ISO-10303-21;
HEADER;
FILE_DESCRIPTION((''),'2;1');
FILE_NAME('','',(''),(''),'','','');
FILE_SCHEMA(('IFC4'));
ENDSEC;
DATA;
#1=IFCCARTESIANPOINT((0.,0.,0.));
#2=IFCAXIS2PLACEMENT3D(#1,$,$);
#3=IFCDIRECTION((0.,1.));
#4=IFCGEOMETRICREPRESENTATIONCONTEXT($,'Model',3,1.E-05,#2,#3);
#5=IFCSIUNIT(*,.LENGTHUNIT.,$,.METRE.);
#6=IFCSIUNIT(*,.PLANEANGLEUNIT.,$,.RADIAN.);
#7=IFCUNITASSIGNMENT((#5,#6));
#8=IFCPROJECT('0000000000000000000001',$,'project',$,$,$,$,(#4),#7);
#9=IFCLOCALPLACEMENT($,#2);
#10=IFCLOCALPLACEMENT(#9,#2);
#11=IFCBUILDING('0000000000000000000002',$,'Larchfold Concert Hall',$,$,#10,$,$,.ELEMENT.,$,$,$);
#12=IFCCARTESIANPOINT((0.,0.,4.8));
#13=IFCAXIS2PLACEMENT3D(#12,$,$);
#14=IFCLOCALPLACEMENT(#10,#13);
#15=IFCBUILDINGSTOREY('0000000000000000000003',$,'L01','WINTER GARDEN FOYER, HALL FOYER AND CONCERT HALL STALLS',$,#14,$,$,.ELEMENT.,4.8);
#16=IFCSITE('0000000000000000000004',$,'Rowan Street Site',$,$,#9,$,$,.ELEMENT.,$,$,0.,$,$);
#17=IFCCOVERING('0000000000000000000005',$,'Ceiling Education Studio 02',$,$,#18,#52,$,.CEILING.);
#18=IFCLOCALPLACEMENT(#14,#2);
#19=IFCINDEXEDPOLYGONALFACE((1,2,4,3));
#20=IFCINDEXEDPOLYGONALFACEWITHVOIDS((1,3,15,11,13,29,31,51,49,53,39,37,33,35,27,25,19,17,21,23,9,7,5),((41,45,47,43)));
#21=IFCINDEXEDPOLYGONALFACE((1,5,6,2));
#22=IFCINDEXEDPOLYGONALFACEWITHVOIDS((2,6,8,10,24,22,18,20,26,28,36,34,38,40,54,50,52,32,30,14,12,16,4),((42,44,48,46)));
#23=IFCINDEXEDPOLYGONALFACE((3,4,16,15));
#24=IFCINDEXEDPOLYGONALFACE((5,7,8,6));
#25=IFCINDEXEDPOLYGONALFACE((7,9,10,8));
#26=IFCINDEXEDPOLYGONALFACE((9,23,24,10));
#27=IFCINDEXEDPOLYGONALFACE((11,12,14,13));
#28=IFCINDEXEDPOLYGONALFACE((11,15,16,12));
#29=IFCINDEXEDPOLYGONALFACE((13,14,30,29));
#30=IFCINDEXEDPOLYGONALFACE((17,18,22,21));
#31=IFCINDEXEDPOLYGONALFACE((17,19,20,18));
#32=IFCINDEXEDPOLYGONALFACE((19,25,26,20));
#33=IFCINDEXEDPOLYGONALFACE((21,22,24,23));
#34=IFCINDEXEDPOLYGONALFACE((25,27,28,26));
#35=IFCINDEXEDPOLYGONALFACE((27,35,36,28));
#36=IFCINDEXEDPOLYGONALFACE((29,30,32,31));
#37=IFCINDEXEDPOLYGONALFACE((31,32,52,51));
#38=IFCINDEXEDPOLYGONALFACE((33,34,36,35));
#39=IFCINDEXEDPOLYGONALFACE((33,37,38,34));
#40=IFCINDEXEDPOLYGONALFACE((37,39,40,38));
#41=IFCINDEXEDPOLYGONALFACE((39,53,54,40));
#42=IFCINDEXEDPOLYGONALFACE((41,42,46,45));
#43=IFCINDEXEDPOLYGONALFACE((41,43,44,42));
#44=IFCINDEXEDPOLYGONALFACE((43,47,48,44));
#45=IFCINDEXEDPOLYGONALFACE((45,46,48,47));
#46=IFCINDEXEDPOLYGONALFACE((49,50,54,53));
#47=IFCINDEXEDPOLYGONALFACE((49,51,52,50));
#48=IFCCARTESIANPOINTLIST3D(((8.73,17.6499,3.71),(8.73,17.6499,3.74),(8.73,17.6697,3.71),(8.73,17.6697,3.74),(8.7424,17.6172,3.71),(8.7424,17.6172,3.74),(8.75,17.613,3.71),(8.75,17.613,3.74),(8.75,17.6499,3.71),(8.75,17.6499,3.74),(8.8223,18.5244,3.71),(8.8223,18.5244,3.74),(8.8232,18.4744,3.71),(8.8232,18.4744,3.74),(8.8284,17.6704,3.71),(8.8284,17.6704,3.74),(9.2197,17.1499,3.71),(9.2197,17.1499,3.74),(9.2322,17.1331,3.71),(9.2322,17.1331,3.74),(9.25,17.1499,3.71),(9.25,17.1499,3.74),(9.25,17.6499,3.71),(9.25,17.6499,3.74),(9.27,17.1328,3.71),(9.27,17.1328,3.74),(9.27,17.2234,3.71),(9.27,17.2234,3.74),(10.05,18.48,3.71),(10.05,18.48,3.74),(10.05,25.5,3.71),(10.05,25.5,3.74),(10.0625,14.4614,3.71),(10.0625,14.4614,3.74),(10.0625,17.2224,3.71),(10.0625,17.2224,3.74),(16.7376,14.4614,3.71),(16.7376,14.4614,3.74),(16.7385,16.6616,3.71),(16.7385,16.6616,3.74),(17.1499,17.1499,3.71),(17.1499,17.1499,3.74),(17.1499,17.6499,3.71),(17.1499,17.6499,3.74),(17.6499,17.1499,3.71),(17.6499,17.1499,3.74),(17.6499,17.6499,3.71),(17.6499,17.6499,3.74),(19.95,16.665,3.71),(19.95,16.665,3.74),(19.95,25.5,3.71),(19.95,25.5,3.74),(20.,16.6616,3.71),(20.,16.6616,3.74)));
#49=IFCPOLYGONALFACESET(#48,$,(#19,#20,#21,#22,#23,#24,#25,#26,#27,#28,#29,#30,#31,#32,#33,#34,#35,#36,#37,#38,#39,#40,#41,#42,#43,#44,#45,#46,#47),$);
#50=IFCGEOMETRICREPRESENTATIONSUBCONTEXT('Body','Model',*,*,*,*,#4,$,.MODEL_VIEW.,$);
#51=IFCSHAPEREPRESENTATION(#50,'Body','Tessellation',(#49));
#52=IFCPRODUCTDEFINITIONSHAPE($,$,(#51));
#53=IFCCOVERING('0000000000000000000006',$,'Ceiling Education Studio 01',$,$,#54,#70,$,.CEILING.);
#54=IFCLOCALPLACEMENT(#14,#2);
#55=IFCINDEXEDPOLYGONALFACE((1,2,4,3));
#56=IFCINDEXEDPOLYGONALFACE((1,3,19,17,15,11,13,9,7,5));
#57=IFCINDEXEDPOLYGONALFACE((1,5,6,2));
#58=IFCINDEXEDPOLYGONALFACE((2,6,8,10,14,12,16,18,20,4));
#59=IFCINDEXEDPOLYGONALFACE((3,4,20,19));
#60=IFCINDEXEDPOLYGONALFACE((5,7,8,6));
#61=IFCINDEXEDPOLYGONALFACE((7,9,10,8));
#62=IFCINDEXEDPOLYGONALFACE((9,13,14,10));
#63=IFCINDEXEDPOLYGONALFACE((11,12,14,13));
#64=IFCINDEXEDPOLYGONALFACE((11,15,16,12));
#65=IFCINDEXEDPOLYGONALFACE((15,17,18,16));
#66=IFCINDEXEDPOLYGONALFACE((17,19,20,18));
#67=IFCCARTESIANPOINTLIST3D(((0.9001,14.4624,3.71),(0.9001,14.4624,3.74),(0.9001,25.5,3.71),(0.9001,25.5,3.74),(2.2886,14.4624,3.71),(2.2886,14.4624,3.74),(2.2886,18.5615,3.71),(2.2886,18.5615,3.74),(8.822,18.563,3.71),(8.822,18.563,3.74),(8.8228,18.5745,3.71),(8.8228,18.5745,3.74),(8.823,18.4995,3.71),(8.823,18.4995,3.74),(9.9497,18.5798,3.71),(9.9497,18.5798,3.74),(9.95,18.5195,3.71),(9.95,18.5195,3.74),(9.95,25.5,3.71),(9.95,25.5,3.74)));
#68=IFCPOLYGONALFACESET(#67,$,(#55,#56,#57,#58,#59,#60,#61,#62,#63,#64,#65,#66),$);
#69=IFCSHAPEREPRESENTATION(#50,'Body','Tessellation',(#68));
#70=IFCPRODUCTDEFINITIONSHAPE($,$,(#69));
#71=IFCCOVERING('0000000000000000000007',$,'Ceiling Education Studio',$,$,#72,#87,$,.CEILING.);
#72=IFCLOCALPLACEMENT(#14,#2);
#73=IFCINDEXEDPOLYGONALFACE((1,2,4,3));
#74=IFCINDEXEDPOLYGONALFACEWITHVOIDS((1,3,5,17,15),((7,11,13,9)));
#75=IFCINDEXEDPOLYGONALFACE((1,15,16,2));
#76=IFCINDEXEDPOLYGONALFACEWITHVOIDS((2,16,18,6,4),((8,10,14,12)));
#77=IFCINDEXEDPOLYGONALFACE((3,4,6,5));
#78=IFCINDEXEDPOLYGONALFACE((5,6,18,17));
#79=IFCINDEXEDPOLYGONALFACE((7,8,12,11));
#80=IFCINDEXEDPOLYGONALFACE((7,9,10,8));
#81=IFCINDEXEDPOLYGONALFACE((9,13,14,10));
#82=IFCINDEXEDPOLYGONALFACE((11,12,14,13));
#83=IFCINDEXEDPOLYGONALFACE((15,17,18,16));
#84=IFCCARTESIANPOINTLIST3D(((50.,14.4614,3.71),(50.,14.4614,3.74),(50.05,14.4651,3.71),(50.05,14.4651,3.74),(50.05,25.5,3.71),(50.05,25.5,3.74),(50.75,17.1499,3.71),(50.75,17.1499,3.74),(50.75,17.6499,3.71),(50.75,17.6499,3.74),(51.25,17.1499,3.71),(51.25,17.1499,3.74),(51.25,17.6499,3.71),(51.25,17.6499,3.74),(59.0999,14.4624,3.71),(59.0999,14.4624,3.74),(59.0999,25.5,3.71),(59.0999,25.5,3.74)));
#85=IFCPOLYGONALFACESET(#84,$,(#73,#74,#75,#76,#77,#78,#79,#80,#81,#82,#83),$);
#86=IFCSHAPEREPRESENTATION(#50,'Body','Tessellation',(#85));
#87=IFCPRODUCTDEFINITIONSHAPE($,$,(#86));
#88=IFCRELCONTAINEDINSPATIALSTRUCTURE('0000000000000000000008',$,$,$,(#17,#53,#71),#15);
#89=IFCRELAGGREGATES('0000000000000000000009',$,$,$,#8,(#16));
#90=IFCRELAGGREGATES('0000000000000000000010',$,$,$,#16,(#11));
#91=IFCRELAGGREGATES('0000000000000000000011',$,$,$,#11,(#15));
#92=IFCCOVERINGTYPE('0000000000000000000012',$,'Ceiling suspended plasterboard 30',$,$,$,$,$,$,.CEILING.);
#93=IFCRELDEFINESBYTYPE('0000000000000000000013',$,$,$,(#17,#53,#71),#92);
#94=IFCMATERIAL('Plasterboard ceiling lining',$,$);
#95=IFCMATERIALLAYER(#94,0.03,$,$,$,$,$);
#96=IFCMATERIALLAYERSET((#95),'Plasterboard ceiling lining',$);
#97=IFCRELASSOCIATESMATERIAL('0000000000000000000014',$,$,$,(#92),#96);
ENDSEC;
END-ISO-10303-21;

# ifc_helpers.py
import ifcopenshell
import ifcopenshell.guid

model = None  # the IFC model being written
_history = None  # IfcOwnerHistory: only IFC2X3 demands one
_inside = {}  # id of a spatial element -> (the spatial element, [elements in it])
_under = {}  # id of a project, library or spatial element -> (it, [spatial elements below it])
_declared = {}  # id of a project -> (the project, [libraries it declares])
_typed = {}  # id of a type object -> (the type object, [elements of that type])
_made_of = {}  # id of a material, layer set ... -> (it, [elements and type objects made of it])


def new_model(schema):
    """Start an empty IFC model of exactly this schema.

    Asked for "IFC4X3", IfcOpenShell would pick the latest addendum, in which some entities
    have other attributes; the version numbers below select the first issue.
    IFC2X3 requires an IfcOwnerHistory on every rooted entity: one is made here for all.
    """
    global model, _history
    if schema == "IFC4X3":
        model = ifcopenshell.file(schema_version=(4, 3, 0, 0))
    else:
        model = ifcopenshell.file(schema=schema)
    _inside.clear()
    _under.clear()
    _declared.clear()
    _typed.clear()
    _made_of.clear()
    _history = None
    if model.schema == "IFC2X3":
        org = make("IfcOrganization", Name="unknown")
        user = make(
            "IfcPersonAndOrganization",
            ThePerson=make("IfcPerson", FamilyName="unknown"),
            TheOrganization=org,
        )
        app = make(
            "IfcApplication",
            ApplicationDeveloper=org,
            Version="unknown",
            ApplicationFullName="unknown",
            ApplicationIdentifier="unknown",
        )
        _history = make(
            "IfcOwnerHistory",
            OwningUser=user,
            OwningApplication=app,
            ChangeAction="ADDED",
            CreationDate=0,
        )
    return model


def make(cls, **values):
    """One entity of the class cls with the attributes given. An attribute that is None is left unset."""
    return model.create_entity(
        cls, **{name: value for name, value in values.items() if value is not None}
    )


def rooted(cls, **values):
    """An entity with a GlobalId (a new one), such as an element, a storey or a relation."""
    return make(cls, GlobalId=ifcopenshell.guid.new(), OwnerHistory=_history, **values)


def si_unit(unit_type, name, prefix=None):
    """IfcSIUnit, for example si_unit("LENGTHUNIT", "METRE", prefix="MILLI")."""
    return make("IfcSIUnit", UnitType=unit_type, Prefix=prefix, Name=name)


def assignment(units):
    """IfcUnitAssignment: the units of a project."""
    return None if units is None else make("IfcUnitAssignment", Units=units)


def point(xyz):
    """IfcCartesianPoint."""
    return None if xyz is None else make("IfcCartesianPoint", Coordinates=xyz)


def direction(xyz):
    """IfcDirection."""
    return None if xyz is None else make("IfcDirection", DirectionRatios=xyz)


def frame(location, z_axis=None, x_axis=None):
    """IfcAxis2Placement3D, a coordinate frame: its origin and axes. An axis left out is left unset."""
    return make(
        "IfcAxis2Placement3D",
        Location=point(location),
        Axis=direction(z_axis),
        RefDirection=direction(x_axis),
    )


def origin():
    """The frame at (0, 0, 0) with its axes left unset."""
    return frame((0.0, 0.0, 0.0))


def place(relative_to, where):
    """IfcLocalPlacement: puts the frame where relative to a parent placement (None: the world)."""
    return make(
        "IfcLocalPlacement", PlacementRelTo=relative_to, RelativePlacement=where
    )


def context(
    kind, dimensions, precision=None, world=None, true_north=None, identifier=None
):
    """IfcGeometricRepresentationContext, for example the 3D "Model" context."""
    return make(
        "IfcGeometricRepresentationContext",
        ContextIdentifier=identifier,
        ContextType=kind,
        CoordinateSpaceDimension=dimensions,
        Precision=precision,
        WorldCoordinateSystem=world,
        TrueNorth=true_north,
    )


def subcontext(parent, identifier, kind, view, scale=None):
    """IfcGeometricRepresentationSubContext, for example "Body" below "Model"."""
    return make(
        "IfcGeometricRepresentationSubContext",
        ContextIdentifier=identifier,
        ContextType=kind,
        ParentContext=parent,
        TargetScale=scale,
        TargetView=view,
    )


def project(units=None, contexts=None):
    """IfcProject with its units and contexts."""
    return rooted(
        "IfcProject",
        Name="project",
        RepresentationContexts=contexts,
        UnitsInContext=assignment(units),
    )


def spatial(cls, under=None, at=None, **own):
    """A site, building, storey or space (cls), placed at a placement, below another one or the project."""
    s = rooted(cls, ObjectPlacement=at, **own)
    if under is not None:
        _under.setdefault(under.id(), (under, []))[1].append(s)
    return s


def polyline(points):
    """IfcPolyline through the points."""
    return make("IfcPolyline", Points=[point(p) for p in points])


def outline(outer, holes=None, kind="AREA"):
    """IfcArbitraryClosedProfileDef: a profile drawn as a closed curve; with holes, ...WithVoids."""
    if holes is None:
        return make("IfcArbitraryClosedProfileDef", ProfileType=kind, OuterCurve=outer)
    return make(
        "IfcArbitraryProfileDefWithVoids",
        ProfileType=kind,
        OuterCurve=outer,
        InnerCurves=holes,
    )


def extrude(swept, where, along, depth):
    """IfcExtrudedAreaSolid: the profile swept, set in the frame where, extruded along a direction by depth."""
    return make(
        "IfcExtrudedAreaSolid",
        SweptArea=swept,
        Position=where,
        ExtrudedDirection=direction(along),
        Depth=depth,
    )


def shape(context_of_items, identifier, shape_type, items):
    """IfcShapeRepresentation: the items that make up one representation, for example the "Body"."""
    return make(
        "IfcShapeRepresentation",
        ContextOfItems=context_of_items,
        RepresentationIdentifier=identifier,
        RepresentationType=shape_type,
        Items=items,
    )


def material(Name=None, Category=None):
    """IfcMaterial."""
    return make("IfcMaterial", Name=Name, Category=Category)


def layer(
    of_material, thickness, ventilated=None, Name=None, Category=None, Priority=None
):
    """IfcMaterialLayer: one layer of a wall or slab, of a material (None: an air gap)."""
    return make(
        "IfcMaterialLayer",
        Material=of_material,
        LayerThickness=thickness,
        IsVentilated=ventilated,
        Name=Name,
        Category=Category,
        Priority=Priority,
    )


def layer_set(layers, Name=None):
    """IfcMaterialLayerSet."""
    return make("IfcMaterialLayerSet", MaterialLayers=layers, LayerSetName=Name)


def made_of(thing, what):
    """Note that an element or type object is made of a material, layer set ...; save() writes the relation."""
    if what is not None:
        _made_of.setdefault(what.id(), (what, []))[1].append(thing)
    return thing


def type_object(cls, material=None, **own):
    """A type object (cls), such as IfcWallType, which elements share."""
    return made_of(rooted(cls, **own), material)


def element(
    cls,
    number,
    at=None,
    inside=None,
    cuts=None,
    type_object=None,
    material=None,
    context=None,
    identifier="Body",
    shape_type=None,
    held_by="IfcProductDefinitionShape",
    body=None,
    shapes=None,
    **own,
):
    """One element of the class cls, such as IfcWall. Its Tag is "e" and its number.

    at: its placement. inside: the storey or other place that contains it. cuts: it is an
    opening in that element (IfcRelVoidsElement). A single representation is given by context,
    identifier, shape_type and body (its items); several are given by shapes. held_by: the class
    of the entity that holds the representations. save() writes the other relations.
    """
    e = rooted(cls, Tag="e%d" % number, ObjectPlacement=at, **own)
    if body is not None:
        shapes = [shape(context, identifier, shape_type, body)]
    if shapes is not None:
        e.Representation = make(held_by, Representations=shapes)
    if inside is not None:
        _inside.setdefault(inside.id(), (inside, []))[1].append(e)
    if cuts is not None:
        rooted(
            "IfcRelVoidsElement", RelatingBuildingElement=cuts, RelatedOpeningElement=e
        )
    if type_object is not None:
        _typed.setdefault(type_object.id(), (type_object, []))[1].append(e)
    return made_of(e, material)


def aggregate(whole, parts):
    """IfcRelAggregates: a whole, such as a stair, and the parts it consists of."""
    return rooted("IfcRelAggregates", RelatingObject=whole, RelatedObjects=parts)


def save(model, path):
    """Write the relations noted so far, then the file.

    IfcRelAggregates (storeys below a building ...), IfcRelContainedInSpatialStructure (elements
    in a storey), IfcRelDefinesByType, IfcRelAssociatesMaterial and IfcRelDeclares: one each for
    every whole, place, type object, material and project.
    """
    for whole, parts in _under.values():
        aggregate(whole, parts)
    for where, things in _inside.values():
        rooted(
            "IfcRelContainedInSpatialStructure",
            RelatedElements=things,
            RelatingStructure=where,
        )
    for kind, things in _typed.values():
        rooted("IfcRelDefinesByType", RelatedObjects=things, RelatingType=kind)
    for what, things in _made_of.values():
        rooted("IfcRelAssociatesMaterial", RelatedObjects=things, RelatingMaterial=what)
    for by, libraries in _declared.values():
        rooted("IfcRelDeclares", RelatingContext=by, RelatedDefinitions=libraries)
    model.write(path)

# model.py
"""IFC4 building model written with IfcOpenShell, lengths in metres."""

from ifc_helpers import new_model, si_unit, direction, frame, origin, place, context, subcontext, project, spatial, polyline, outline, extrude, material, layer, layer_set, type_object, element, save


model = new_model("IFC4")

# Units and contexts
model_context = context("Model", 3, precision=1e-05, world=origin(), true_north=direction((0.0, 1.0)))
body_context = subcontext(model_context, "Body", "Model", "MODEL_VIEW")
ifc_project = project(units=[si_unit("LENGTHUNIT", "METRE"), si_unit("PLANEANGLEUNIT", "RADIAN")], contexts=[model_context])

# Site, building, storey
site_placement = place(None, origin())
site = spatial("IfcSite", under=ifc_project, at=site_placement, Name="Rowan Street Site", CompositionType="ELEMENT", RefElevation=0.0)
building_placement = place(site_placement, origin())
building = spatial("IfcBuilding", under=site, at=building_placement, Name="Larchfold Concert Hall", CompositionType="ELEMENT")
storey_placement = place(building_placement, frame((0.0, 0.0, 4.8)))
storey = spatial("IfcBuildingStorey", under=building, at=storey_placement, Name="L01", Description="WINTER GARDEN FOYER, HALL FOYER AND CONCERT HALL STALLS", CompositionType="ELEMENT", Elevation=4.8)

# Coverings
ifc_material_1 = material(Name="Plasterboard ceiling lining")
ifc_layer_1 = layer(ifc_material_1, 0.03)
ifc_layer_set_1 = layer_set([ifc_layer_1], Name="Plasterboard ceiling lining")
covering_type_1 = type_object("IfcCoveringType", Name="Ceiling suspended plasterboard 30", PredefinedType="CEILING", material=ifc_layer_set_1)
covering_1_placement = place(storey_placement, frame((0.0, 0.0, 3.71)))
element("IfcCovering", 1, at=covering_1_placement, inside=storey, type_object=covering_type_1, Name="Ceiling Education Studio 02", PredefinedType="CEILING", context=body_context, shape_type="SweptSolid", body=[
    extrude(outline(polyline([(8.8223, 18.5244), (8.8284, 17.6704), (8.73, 17.6697), (8.73, 17.6499), (8.7424, 17.6172), (8.75, 17.613), (8.75, 17.6499), (9.25, 17.6499), (9.25, 17.1499), (9.2197, 17.1499), (9.2322, 17.1331), (9.27, 17.1328), (9.27, 17.2234), (10.0625, 17.2224), (10.0625, 14.4614), (16.7375, 14.4614), (16.7375, 14.3999), (16.7385, 16.6616), (20.0, 16.6616), (19.95, 16.665), (19.95, 25.5), (10.05, 25.5), (10.05, 18.48), (8.8232, 18.4744), (8.8223, 18.5244)]), holes=[polyline([(17.6499, 17.1499), (17.1499, 17.1499), (17.1499, 17.6499), (17.6499, 17.6499), (17.6499, 17.1499)])]), origin(), (0.0, 0.0, 1.0), 0.03),
])
covering_2_placement = place(storey_placement, frame((0.0, 0.0, 3.71)))
element("IfcCovering", 2, at=covering_2_placement, inside=storey, type_object=covering_type_1, Name="Ceiling Education Studio 01", PredefinedType="CEILING", context=body_context, shape_type="SweptSolid", body=[
    extrude(outline(polyline([(8.822, 18.563), (8.823, 18.4995), (8.8228, 18.5745), (9.9497, 18.5798), (9.95, 18.5195), (9.95, 25.5), (0.9001, 25.5), (0.9001, 14.4624), (2.2886, 14.4624), (2.2886, 18.5615), (8.822, 18.563)])), origin(), (0.0, 0.0, 1.0), 0.03),
])
covering_3_placement = place(storey_placement, frame((0.0, 0.0, 3.71)))
element("IfcCovering", 3, at=covering_3_placement, inside=storey, type_object=covering_type_1, Name="Ceiling Education Studio", PredefinedType="CEILING", context=body_context, shape_type="SweptSolid", body=[
    extrude(outline(polyline([(50.0, 14.4614), (59.0999, 14.4624), (59.0999, 25.5), (50.05, 25.5), (50.05, 14.4651), (50.0, 14.4614)]), holes=[polyline([(51.25, 17.1499), (50.75, 17.1499), (50.75, 17.6499), (51.25, 17.6499), (51.25, 17.1499)])]), origin(), (0.0, 0.0, 1.0), 0.03),
])

save(model, "model.ifc")
